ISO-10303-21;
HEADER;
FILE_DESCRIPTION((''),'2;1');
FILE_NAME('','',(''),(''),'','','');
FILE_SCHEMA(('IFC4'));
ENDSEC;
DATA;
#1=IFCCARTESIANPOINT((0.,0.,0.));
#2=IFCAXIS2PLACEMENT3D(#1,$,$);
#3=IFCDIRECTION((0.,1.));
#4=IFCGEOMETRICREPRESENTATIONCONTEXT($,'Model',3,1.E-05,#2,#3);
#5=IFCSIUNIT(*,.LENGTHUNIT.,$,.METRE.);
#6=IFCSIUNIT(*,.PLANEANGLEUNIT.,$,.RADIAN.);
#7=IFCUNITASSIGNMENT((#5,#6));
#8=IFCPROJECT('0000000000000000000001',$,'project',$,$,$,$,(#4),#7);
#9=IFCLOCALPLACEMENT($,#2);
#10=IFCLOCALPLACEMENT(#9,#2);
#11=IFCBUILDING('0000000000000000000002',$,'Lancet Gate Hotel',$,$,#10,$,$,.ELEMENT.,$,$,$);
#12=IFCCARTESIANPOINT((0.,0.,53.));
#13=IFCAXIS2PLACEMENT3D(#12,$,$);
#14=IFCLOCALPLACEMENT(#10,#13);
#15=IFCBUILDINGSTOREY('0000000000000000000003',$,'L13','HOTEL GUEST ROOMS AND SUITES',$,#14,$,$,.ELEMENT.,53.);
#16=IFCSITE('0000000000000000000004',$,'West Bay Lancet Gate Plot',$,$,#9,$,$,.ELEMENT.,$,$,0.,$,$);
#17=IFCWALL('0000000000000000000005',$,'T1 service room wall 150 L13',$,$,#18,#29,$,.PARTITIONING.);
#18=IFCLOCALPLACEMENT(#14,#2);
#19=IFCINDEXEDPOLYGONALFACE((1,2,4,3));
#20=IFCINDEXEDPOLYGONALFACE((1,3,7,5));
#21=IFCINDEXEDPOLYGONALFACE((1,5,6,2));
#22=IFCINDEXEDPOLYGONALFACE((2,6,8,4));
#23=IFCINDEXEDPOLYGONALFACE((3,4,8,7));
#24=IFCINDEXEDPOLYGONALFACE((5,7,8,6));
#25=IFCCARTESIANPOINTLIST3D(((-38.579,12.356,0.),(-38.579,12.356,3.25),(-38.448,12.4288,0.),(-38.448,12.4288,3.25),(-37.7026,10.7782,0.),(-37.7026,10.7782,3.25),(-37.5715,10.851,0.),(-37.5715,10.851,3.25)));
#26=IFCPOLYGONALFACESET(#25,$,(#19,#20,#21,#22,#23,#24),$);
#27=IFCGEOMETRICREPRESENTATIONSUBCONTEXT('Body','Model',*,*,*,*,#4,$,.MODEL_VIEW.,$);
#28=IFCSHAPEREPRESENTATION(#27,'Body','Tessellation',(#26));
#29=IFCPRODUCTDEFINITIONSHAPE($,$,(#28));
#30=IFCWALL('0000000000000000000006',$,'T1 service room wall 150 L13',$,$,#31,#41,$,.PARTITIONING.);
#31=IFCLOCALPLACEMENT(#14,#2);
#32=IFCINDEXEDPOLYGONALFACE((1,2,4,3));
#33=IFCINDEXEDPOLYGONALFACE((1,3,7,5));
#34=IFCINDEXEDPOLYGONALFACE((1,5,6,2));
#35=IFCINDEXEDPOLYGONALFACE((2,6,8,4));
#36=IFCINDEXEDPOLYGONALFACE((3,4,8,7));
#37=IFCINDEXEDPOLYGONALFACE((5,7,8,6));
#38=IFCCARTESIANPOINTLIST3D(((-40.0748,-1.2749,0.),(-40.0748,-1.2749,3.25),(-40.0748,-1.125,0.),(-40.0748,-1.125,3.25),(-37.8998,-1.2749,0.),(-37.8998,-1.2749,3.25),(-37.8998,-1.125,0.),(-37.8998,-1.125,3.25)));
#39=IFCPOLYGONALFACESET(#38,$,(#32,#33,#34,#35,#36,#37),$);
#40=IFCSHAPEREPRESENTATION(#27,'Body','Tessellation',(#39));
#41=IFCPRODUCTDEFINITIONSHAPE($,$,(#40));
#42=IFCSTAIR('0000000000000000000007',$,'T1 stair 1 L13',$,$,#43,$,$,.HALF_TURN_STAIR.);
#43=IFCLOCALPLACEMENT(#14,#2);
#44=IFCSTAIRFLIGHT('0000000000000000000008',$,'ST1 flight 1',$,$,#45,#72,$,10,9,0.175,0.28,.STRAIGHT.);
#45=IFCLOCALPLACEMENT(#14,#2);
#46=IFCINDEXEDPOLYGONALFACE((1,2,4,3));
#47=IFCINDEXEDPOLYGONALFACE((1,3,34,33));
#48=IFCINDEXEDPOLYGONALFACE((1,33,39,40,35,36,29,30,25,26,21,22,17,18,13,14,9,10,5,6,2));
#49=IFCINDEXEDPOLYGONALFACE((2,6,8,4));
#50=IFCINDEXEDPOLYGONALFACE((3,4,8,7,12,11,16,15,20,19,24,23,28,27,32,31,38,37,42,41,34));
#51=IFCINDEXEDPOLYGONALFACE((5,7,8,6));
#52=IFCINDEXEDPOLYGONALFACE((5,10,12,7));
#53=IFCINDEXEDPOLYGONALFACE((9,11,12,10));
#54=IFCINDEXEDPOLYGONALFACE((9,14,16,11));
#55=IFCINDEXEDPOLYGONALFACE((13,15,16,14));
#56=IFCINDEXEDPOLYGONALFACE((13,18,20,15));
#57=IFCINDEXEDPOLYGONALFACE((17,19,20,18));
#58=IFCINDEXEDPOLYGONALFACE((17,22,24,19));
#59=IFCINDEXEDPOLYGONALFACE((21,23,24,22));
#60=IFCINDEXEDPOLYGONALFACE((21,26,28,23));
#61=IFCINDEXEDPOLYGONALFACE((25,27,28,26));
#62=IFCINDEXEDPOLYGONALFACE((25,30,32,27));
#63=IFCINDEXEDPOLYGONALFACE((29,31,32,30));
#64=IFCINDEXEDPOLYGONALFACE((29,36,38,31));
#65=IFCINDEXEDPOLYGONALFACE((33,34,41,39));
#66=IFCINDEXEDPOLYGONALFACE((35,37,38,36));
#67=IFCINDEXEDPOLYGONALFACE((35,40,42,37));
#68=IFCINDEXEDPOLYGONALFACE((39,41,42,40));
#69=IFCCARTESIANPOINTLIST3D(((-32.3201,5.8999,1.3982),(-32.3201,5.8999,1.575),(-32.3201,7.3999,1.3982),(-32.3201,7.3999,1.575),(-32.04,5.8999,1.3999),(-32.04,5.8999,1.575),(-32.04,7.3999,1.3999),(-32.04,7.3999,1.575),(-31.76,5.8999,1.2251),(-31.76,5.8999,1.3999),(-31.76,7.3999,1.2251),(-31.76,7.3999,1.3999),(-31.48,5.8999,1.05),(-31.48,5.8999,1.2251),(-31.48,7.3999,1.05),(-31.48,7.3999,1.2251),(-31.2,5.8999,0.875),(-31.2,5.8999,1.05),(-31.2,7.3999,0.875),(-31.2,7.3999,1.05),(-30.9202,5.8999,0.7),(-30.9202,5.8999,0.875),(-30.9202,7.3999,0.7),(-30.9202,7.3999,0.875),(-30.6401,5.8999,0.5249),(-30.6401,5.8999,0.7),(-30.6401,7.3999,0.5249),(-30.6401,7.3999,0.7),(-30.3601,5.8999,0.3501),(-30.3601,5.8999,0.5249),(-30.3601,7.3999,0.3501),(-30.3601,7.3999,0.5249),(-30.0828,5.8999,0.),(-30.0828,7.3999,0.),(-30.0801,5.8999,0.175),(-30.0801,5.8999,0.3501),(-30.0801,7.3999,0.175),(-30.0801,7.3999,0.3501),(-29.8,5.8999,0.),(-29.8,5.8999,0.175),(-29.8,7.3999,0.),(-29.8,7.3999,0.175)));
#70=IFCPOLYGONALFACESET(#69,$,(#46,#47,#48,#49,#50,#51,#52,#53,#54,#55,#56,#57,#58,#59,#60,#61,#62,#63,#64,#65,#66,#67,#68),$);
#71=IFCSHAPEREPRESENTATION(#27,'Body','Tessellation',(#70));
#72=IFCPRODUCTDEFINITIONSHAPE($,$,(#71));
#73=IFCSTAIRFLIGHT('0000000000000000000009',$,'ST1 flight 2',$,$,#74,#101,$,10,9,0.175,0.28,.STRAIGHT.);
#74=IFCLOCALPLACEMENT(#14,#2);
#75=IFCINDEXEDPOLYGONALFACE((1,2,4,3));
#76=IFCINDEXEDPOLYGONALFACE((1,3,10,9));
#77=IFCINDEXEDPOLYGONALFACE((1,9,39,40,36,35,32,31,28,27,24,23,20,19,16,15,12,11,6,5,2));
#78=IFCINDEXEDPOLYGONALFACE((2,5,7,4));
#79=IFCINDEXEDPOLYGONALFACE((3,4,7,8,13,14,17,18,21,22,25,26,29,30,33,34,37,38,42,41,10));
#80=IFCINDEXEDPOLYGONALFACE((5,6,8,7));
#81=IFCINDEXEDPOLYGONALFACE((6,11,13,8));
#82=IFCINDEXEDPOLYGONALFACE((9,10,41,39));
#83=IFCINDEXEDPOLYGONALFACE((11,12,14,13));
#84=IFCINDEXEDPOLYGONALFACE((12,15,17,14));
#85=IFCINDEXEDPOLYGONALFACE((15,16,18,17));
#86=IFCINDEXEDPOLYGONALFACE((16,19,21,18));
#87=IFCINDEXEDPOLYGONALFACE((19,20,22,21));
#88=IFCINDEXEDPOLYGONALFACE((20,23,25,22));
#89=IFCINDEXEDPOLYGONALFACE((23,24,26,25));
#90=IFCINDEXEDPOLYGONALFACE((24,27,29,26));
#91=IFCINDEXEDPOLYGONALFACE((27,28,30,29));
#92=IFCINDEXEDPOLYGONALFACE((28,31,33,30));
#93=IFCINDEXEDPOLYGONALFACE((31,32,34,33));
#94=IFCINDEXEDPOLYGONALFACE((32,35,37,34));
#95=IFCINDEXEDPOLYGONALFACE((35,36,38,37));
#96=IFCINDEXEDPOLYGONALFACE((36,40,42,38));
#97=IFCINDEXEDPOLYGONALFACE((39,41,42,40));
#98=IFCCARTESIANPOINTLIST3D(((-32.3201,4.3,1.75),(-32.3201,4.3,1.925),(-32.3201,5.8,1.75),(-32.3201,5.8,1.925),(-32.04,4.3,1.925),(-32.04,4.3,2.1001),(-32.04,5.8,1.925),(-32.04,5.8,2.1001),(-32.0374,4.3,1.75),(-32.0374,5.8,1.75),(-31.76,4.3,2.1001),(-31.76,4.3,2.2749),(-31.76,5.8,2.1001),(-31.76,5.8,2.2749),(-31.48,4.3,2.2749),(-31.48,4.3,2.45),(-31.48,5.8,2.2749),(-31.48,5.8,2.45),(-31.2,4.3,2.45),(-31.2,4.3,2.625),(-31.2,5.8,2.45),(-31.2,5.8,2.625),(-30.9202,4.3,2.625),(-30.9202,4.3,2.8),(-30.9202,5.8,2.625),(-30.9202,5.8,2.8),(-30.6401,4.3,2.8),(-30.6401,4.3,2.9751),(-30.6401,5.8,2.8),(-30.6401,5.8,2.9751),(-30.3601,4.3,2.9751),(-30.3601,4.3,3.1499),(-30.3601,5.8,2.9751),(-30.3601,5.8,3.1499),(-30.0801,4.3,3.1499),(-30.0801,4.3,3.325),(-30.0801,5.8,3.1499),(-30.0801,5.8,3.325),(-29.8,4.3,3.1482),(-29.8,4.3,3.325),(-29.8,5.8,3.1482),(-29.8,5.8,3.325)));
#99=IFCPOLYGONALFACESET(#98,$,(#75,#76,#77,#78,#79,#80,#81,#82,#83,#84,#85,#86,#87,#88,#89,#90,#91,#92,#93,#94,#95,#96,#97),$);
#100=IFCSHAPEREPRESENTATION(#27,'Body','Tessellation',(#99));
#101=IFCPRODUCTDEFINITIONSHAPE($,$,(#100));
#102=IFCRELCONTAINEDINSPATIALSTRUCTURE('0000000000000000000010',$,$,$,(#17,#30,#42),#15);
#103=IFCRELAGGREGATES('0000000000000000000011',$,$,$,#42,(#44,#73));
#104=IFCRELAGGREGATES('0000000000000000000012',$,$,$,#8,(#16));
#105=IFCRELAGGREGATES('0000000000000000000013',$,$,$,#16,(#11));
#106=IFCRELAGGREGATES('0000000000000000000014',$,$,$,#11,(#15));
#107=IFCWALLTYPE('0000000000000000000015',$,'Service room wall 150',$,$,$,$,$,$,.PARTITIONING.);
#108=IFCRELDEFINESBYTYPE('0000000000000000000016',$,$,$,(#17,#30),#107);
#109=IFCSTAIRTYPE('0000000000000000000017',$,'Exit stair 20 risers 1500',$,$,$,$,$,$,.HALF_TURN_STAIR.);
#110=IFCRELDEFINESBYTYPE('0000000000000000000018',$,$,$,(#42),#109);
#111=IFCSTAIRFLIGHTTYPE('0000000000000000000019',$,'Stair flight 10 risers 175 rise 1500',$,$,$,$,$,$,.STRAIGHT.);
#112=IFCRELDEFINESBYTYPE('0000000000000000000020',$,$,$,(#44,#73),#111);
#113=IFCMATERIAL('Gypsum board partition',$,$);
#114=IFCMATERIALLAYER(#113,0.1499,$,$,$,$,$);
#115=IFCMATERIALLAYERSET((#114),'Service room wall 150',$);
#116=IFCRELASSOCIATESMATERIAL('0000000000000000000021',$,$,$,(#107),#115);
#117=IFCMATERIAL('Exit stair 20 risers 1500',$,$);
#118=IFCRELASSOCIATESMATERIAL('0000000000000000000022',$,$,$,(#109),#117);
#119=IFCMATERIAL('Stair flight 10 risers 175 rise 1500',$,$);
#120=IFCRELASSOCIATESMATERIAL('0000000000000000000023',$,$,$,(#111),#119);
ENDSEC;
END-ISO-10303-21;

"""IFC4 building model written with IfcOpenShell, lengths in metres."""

from ifc_helpers import new_model, si_unit, direction, frame, frame_2d, origin, place, context, subcontext, project, spatial, polyline, rectangle, outline, extrude, material, layer, layer_set, type_object, element, aggregate, save


model = new_model("IFC4")

# Units and contexts
model_context = context("Model", 3, precision=1e-05, world=origin(), true_north=direction((0.0, 1.0)))
body_context = subcontext(model_context, "Body", "Model", "MODEL_VIEW")
ifc_project = project(units=[si_unit("LENGTHUNIT", "METRE"), si_unit("PLANEANGLEUNIT", "RADIAN")], contexts=[model_context])

# Site, building, storey
site_placement = place(None, origin())
site = spatial("IfcSite", under=ifc_project, at=site_placement, Name="West Bay Lancet Gate Plot", CompositionType="ELEMENT", RefElevation=0.0)
building_placement = place(site_placement, origin())
building = spatial("IfcBuilding", under=site, at=building_placement, Name="Lancet Gate Hotel", CompositionType="ELEMENT")
storey_placement = place(building_placement, frame((0.0, 0.0, 53.0)))
storey = spatial("IfcBuildingStorey", under=building, at=storey_placement, Name="L13", Description="HOTEL GUEST ROOMS AND SUITES", CompositionType="ELEMENT", Elevation=53.0)

# Walls
ifc_material_1 = material(Name="Gypsum board partition")
ifc_layer_1 = layer(ifc_material_1, 0.1499)
ifc_layer_set_1 = layer_set([ifc_layer_1], Name="Service room wall 150")
wall_type_1 = type_object("IfcWallType", Name="Service room wall 150", PredefinedType="PARTITIONING", material=ifc_layer_set_1)
wall_1_placement = place(storey_placement, frame((-38.5134, 12.3923, 0.0), z_axis=(0.0, 0.0, 1.0), x_axis=(0.485586, -0.874189, 0.0)))
element("IfcWall", 1, at=wall_1_placement, inside=storey, type_object=wall_type_1, Name="T1 service room wall 150 L13", PredefinedType="PARTITIONING", context=body_context, shape_type="SweptSolid", body=[
    extrude(rectangle(XDim=1.8049, YDim=0.1499, at=frame_2d((0.9023, 0.0))), origin(), (0.0, 0.0, 1.0), 3.25),
])
wall_2_placement = place(storey_placement, frame((-37.8999, -1.2, 0.0), z_axis=(0.0, 0.0, 1.0), x_axis=(-1.0, 0.0, 0.0)))
element("IfcWall", 2, at=wall_2_placement, inside=storey, type_object=wall_type_1, Name="T1 service room wall 150 L13", PredefinedType="PARTITIONING", context=body_context, shape_type="SweptSolid", body=[
    extrude(rectangle(XDim=2.175, YDim=0.1499, at=frame_2d((1.0874, 0.0))), origin(), (0.0, 0.0, 1.0), 3.25),
])

# Stair, stair flights
ifc_material_2 = material(Name="Exit stair 20 risers 1500")
stair_type = type_object("IfcStairType", Name="Exit stair 20 risers 1500", PredefinedType="HALF_TURN_STAIR", material=ifc_material_2)
stair_placement = place(storey_placement, origin())
stair = element("IfcStair", 3, at=stair_placement, inside=storey, type_object=stair_type, Name="T1 stair 1 L13", PredefinedType="HALF_TURN_STAIR")
ifc_material_3 = material(Name="Stair flight 10 risers 175 rise 1500")
stair_flight_type = type_object("IfcStairFlightType", Name="Stair flight 10 risers 175 rise 1500", PredefinedType="STRAIGHT", material=ifc_material_3)
stair_flight_1_placement = place(storey_placement, frame((-29.8, 6.6499, 0.0), z_axis=(0.0, 0.0, 1.0), x_axis=(-1.0, 0.0, 0.0)))
stair_flight_1 = element("IfcStairFlight", 4, at=stair_flight_1_placement, type_object=stair_flight_type, Name="ST1 flight 1", NumberOfRisers=10, NumberOfTreads=9, PredefinedType="STRAIGHT", RiserHeight=0.175, TreadLength=0.28, context=body_context, shape_type="SweptSolid", body=[
    extrude(outline(polyline([(0.0, 0.0), (0.0, 0.175), (0.28, 0.175), (0.28, 0.3501), (0.5601, 0.3501), (0.5601, 0.5249), (0.8401, 0.5249), (0.8401, 0.7), (1.1201, 0.7), (1.1201, 0.875), (1.3999, 0.875), (1.3999, 1.05), (1.6799, 1.05), (1.6799, 1.2251), (1.96, 1.2251), (1.96, 1.3999), (2.24, 1.3999), (2.24, 1.575), (2.52, 1.575), (2.52, 1.75), (2.52, 1.3982), (0.2827, 0.0), (0.0, 0.0)])), frame((0.0, 0.75, 0.0), z_axis=(0.0, -1.0, 0.0), x_axis=(1.0, 0.0, 0.0)), (0.0, 0.0, 1.0), 1.5),
])
stair_flight_2_placement = place(storey_placement, frame((-32.3201, 5.05, 1.75), z_axis=(0.0, 0.0, 1.0), x_axis=(1.0, 0.0, 0.0)))
stair_flight_2 = element("IfcStairFlight", 5, at=stair_flight_2_placement, type_object=stair_flight_type, Name="ST1 flight 2", NumberOfRisers=10, NumberOfTreads=9, PredefinedType="STRAIGHT", RiserHeight=0.175, TreadLength=0.28, context=body_context, shape_type="SweptSolid", body=[
    extrude(outline(polyline([(0.0, 0.0), (0.0, 0.175), (0.28, 0.175), (0.28, 0.3501), (0.5601, 0.3501), (0.5601, 0.5249), (0.8401, 0.5249), (0.8401, 0.7), (1.1201, 0.7), (1.1201, 0.875), (1.3999, 0.875), (1.3999, 1.05), (1.6799, 1.05), (1.6799, 1.2251), (1.96, 1.2251), (1.96, 1.3999), (2.24, 1.3999), (2.24, 1.575), (2.52, 1.575), (2.52, 1.75), (2.52, 1.3982), (0.2827, 0.0), (0.0, 0.0)])), frame((0.0, 0.75, 0.0), z_axis=(0.0, -1.0, 0.0), x_axis=(1.0, 0.0, 0.0)), (0.0, 0.0, 1.0), 1.5),
])
aggregate(stair, [stair_flight_1, stair_flight_2])

save(model, "model.ifc")
